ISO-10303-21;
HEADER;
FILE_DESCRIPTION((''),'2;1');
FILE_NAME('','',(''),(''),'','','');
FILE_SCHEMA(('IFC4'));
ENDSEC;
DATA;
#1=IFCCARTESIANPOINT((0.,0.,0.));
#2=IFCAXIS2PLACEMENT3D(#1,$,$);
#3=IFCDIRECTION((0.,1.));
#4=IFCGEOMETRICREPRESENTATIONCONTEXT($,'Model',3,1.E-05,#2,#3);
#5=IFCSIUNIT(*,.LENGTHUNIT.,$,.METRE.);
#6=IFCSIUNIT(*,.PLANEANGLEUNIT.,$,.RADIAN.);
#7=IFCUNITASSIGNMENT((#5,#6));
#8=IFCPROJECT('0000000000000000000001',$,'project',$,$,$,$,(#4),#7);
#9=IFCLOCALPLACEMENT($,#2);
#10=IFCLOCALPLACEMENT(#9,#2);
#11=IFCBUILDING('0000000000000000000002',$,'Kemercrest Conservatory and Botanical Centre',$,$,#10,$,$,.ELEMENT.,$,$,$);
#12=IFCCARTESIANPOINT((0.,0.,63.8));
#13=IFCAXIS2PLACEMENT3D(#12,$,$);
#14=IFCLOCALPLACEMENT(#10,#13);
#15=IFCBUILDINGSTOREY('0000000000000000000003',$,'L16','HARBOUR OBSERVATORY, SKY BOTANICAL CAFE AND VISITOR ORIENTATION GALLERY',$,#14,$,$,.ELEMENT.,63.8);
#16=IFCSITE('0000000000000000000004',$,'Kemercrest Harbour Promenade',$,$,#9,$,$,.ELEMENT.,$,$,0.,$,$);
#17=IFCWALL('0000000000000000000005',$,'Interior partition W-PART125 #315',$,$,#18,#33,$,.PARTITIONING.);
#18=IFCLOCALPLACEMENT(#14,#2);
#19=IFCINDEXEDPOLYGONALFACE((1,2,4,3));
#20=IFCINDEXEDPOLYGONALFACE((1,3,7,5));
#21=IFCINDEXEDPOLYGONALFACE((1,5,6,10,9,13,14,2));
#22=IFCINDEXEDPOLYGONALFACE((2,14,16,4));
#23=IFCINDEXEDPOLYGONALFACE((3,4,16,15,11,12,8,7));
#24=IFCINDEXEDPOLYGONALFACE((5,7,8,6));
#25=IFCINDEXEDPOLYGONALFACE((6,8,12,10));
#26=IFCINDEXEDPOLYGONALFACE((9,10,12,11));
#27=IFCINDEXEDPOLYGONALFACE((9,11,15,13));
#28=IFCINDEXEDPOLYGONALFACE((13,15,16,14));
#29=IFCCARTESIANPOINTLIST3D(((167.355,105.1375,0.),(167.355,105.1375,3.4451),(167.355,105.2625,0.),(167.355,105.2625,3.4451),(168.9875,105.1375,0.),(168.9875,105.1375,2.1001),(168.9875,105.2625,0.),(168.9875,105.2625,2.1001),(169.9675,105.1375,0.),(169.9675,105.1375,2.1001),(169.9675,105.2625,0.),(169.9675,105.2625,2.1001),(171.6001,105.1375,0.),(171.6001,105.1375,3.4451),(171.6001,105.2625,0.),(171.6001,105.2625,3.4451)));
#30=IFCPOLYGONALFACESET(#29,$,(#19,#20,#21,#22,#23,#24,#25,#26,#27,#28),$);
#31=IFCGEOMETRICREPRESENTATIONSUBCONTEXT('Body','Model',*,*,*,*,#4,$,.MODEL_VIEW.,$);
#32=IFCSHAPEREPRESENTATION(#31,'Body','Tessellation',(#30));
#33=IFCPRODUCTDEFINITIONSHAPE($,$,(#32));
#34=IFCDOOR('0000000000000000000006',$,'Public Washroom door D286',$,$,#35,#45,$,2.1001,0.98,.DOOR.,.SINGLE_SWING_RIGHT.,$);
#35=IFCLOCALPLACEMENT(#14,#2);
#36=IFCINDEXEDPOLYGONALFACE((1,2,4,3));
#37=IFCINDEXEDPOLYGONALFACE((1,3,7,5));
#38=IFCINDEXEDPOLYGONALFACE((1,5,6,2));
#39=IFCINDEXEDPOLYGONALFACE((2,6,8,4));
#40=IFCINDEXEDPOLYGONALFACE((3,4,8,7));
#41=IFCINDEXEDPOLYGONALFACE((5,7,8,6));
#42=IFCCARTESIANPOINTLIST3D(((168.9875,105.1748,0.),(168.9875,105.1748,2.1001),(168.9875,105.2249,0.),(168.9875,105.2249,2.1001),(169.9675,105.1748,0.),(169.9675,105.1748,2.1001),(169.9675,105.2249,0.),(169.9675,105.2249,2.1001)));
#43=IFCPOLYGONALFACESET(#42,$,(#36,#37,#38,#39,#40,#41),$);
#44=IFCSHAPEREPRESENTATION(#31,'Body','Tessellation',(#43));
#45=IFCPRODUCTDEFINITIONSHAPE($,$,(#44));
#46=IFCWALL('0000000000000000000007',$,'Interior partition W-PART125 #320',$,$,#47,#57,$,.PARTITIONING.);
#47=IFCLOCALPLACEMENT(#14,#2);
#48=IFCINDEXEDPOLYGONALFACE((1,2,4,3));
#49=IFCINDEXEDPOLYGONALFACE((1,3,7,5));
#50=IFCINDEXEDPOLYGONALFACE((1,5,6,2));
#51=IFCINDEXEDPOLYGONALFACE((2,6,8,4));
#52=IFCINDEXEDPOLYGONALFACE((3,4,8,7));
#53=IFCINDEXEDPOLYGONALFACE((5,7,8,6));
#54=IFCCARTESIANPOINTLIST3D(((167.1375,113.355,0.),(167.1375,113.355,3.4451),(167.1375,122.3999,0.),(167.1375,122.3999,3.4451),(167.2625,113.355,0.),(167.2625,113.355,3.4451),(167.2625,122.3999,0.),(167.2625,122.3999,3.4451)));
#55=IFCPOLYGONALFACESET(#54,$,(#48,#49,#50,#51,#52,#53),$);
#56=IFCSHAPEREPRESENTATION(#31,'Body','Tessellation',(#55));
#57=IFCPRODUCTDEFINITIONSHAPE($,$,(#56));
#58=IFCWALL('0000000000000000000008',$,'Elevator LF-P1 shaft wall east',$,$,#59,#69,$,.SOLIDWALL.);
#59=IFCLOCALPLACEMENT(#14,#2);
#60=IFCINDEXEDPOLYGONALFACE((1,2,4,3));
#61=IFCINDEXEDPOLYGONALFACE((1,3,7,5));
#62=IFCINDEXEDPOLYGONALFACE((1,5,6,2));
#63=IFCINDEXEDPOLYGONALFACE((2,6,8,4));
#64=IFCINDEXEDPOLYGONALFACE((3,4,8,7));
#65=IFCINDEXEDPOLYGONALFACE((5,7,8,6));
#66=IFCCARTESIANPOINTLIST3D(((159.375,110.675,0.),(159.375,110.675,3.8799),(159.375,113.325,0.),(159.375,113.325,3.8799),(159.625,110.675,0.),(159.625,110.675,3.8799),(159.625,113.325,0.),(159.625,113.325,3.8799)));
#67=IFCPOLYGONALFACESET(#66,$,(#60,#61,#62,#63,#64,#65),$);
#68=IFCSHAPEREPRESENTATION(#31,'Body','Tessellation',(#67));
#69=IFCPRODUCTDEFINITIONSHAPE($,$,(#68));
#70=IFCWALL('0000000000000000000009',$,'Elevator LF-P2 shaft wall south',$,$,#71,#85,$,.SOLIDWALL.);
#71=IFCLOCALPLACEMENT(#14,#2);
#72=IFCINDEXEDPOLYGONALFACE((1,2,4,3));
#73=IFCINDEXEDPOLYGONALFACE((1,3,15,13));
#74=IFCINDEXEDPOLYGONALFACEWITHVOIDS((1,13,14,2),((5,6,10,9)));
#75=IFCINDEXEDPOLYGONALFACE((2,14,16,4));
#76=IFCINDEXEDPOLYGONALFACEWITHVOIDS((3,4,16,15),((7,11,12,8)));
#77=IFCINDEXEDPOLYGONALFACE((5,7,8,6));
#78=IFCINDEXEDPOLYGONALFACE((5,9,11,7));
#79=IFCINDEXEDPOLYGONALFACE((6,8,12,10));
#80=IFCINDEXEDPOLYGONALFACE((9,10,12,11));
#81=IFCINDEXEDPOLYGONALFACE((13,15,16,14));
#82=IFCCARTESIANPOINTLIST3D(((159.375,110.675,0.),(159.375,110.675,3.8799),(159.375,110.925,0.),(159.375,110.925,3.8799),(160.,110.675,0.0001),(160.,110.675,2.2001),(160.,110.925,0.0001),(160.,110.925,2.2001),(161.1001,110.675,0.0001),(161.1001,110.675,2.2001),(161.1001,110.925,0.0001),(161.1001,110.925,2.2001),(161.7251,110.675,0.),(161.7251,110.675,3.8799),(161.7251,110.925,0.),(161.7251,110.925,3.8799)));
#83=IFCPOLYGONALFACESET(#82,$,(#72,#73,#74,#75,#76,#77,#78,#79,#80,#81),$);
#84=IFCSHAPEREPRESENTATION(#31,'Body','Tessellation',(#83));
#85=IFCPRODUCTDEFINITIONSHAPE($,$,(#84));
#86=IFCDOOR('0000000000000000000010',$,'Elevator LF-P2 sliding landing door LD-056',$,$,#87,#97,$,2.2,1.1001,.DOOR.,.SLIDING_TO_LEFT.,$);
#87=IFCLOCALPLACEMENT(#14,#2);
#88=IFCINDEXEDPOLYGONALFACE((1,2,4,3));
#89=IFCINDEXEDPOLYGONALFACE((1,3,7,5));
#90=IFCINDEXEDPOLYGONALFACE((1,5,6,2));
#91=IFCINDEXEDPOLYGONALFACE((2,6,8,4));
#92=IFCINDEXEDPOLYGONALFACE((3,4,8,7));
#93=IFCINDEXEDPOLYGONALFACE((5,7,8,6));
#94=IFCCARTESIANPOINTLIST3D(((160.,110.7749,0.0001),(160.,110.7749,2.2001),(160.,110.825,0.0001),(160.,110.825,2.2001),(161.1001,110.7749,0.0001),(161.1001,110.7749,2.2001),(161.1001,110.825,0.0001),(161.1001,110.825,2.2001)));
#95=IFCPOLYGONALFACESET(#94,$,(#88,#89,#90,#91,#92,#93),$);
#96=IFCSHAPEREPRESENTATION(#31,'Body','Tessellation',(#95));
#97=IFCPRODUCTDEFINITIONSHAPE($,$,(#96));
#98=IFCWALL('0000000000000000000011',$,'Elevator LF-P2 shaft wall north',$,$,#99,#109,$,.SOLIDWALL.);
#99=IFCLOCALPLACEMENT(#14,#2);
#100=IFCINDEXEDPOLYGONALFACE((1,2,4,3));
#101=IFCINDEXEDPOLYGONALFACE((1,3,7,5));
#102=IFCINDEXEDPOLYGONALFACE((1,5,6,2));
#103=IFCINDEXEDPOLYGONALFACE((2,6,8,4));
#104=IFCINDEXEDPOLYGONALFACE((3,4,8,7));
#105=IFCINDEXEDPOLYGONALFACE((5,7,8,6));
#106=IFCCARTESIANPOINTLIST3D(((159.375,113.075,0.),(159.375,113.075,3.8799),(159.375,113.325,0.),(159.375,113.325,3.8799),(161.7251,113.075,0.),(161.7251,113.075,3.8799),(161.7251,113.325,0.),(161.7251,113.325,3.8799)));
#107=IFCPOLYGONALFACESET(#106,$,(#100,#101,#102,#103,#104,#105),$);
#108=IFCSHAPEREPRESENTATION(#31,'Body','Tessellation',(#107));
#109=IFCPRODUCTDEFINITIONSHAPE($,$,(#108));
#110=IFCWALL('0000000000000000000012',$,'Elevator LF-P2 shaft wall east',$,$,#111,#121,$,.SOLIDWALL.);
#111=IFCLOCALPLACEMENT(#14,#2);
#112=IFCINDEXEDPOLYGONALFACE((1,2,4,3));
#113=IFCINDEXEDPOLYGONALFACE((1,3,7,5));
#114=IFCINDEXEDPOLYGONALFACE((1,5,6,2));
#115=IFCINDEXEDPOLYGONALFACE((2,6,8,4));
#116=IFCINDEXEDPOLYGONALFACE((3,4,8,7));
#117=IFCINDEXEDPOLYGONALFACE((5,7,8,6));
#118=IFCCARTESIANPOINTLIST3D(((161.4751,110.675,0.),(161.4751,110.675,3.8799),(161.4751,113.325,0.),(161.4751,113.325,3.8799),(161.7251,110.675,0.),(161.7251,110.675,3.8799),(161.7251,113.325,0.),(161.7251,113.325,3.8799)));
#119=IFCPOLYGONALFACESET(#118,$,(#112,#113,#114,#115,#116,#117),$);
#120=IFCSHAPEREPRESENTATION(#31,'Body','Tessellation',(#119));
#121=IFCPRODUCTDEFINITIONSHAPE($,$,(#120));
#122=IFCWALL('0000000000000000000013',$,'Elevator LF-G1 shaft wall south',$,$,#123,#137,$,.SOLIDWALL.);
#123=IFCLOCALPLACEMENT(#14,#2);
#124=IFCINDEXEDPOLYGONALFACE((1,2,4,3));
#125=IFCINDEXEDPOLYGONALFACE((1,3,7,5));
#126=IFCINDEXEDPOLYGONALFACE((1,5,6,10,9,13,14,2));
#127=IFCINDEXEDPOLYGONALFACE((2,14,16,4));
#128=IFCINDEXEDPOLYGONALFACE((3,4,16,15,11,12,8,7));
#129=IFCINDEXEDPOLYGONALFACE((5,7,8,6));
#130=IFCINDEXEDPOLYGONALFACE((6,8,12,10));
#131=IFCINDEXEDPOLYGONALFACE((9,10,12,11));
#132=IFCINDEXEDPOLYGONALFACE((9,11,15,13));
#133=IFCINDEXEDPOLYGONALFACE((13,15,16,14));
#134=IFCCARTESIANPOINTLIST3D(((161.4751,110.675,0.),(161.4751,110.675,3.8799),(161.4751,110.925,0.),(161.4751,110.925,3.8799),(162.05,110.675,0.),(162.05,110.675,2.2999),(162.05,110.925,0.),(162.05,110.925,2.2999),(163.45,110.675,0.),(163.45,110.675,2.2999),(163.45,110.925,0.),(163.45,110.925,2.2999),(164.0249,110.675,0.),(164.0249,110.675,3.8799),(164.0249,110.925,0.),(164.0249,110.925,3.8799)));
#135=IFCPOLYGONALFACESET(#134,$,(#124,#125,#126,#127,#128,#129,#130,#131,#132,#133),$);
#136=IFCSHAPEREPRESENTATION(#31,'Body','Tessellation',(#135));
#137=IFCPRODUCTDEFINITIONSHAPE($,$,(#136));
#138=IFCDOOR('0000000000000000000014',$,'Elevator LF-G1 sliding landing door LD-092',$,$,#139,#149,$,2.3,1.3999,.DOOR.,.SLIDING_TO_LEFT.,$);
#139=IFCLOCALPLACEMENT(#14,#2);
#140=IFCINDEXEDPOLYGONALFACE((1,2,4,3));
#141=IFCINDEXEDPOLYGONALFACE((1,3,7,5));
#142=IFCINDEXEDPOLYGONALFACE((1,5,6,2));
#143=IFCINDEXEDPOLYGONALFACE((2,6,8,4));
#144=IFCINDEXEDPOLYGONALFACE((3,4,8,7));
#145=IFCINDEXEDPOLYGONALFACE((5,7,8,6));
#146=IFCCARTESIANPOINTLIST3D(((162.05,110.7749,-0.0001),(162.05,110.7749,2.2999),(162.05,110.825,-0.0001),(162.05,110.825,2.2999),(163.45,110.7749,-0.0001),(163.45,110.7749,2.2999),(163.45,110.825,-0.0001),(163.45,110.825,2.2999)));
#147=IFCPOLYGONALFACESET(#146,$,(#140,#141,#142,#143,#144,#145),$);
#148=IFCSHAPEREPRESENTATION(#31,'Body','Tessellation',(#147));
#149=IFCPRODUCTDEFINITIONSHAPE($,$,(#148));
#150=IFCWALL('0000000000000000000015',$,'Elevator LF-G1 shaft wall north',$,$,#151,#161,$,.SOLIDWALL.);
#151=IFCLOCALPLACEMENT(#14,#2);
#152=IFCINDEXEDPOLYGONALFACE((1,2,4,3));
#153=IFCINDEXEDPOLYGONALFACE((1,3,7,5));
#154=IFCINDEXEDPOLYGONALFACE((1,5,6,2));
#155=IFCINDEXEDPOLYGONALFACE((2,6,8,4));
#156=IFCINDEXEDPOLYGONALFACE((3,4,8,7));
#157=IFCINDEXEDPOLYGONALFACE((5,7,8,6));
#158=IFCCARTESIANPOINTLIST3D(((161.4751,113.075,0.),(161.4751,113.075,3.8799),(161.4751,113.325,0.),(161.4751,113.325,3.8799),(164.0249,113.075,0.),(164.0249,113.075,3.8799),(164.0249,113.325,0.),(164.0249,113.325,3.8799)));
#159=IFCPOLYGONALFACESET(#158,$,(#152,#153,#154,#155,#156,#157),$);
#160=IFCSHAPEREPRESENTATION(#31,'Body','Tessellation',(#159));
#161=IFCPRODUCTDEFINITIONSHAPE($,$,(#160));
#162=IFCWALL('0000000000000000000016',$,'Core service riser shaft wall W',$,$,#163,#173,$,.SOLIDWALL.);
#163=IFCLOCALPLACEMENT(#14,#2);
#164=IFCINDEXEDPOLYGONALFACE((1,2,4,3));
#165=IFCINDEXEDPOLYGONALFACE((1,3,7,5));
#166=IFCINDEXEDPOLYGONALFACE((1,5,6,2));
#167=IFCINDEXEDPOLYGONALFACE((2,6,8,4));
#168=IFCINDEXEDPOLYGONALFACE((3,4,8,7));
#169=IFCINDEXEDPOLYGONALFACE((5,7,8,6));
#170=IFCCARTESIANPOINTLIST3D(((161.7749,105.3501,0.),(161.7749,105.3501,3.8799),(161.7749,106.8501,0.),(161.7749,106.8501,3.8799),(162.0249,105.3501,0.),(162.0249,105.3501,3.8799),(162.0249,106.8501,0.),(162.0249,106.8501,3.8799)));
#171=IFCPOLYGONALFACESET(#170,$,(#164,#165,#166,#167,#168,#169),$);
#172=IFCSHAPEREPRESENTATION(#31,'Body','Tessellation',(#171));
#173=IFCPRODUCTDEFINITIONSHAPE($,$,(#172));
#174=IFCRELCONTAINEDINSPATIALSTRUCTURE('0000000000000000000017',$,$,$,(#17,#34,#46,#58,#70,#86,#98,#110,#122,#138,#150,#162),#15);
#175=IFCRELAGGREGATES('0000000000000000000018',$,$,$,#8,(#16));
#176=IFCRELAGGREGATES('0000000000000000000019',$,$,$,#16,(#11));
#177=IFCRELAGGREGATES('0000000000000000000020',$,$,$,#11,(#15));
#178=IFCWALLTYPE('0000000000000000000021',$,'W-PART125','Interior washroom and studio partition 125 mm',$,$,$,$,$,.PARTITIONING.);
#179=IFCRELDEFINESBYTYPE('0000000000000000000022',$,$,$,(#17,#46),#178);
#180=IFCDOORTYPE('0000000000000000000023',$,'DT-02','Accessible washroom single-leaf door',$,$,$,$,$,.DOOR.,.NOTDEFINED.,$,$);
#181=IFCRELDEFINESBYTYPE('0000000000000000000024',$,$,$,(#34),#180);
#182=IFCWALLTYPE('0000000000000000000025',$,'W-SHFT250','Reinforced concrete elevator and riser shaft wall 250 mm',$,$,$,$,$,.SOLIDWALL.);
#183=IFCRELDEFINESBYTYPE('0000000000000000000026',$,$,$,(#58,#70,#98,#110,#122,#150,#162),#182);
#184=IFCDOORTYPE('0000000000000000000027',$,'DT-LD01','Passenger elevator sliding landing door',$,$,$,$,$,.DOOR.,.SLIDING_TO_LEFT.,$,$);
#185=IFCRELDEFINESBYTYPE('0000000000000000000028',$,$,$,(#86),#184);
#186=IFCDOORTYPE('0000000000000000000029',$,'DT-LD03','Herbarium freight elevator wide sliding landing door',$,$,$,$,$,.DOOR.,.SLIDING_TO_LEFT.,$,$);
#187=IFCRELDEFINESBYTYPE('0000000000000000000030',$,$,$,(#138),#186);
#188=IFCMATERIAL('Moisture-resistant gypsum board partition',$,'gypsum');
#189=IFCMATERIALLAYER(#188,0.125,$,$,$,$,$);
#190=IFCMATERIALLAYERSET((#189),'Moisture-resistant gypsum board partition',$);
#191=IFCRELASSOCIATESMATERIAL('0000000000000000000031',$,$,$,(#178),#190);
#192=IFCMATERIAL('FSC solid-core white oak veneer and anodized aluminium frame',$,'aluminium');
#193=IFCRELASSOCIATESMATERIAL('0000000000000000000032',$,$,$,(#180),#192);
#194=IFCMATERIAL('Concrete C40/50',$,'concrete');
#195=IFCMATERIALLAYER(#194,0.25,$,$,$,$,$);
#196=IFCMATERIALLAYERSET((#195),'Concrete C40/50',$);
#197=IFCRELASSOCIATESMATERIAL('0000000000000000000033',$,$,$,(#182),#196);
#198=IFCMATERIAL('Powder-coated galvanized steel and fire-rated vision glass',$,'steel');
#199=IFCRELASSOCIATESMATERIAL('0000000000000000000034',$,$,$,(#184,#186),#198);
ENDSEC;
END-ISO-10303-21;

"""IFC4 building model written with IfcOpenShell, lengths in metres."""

from ifc_helpers import new_model, si_unit, direction, frame, frame_2d, origin, place, context, subcontext, project, spatial, rectangle, extrude, material, layer, layer_set, type_object, element, fill, save


model = new_model("IFC4")

# Units and contexts
model_context = context("Model", 3, precision=1e-05, world=origin(), true_north=direction((0.0, 1.0)))
body_context = subcontext(model_context, "Body", "Model", "MODEL_VIEW")
ifc_project = project(units=[si_unit("LENGTHUNIT", "METRE"), si_unit("PLANEANGLEUNIT", "RADIAN")], contexts=[model_context])

# Site, building, storey
site_placement = place(None, origin())
site = spatial("IfcSite", under=ifc_project, at=site_placement, Name="Kemercrest Harbour Promenade", CompositionType="ELEMENT", RefElevation=0.0)
building_placement = place(site_placement, origin())
building = spatial("IfcBuilding", under=site, at=building_placement, Name="Kemercrest Conservatory and Botanical Centre", CompositionType="ELEMENT")
storey_placement = place(building_placement, frame((0.0, 0.0, 63.8)))
storey = spatial("IfcBuildingStorey", under=building, at=storey_placement, Name="L16", Description="HARBOUR OBSERVATORY, SKY BOTANICAL CAFE AND VISITOR ORIENTATION GALLERY", CompositionType="ELEMENT", Elevation=63.8)

# Shared definitions
ifc_material_1 = material(Name="Concrete C40/50", Category="concrete")

# Shared definitions
ifc_material_2 = material(Name="Powder-coated galvanized steel and fire-rated vision glass", Category="steel")

# Wall, opening, door
ifc_material_3 = material(Name="Moisture-resistant gypsum board partition", Category="gypsum")
ifc_layer_1 = layer(ifc_material_3, 0.125)
ifc_layer_set_1 = layer_set([ifc_layer_1], Name="Moisture-resistant gypsum board partition")
wall_type_1 = type_object("IfcWallType", Name="W-PART125", Description="Interior washroom and studio partition 125 mm", PredefinedType="PARTITIONING", material=ifc_layer_set_1)
wall_1_placement = place(storey_placement, frame((167.355, 105.2, 0.0), z_axis=(0.0, 0.0, 1.0), x_axis=(1.0, 0.0, 0.0)))
wall_1 = element("IfcWall", 1, at=wall_1_placement, inside=storey, type_object=wall_type_1, Name="Interior partition W-PART125 #315", PredefinedType="PARTITIONING", context=body_context, shape_type="SweptSolid", body=[
    extrude(rectangle(XDim=4.2451, YDim=0.125, at=frame_2d((2.1226, 0.0))), origin(), (0.0, 0.0, 1.0), 3.4451),
])
opening_1_placement = place(wall_1_placement, frame((1.6326, 0.0, 0.0)))
opening_1 = element("IfcOpeningElement", 2, at=opening_1_placement, cuts=wall_1, PredefinedType="OPENING", context=body_context, shape_type="SweptSolid", body=[
    extrude(rectangle(XDim=0.98, YDim=2.1001, at=frame_2d((0.49, 1.05))), frame((0.0, 0.0725, 0.0), z_axis=(0.0, -1.0, 0.0), x_axis=(1.0, 0.0, 0.0)), (0.0, 0.0, 1.0), 0.145),
])
ifc_material_4 = material(Name="FSC solid-core white oak veneer and anodized aluminium frame", Category="aluminium")
door_type_1 = type_object("IfcDoorType", Name="DT-02", Description="Accessible washroom single-leaf door", OperationType="NOTDEFINED", PredefinedType="DOOR", material=ifc_material_4)
door_1_placement = place(opening_1_placement, origin())
door_1 = element("IfcDoor", 3, at=door_1_placement, inside=storey, type_object=door_type_1, Name="Public Washroom door D286", OperationType="SINGLE_SWING_RIGHT", OverallHeight=2.1001, OverallWidth=0.98, PredefinedType="DOOR", context=body_context, shape_type="SweptSolid", body=[
    extrude(rectangle(XDim=0.98, YDim=2.1001, at=frame_2d((0.49, 1.05))), frame((0.0, 0.0249, 0.0), z_axis=(0.0, -1.0, 0.0), x_axis=(1.0, 0.0, 0.0)), (0.0, 0.0, 1.0), 0.05),
])
fill(opening_1, door_1)

# Walls
wall_2_placement = place(storey_placement, frame((167.2, 113.355, 0.0), z_axis=(0.0, 0.0, 1.0), x_axis=(0.0, 1.0, 0.0)))
element("IfcWall", 4, at=wall_2_placement, inside=storey, type_object=wall_type_1, Name="Interior partition W-PART125 #320", PredefinedType="PARTITIONING", context=body_context, shape_type="SweptSolid", body=[
    extrude(rectangle(XDim=9.0449, YDim=0.125, at=frame_2d((4.5225, 0.0))), origin(), (0.0, 0.0, 1.0), 3.4451),
])
ifc_layer_2 = layer(ifc_material_1, 0.25)
ifc_layer_set_2 = layer_set([ifc_layer_2], Name="Concrete C40/50")
wall_type_2 = type_object("IfcWallType", Name="W-SHFT250", Description="Reinforced concrete elevator and riser shaft wall 250 mm", PredefinedType="SOLIDWALL", material=ifc_layer_set_2)
wall_3_placement = place(storey_placement, frame((159.5, 110.675, 0.0), z_axis=(0.0, 0.0, 1.0), x_axis=(0.0, 1.0, 0.0)))
element("IfcWall", 5, at=wall_3_placement, inside=storey, type_object=wall_type_2, Name="Elevator LF-P1 shaft wall east", PredefinedType="SOLIDWALL", context=body_context, shape_type="SweptSolid", body=[
    extrude(rectangle(XDim=2.6499, YDim=0.25, at=frame_2d((1.325, 0.0))), origin(), (0.0, 0.0, 1.0), 3.8799),
])

# Wall, opening, door
wall_4_placement = place(storey_placement, frame((159.375, 110.8, 0.0), z_axis=(0.0, 0.0, 1.0), x_axis=(1.0, 0.0, 0.0)))
wall_4 = element("IfcWall", 6, at=wall_4_placement, inside=storey, type_object=wall_type_2, Name="Elevator LF-P2 shaft wall south", PredefinedType="SOLIDWALL", context=body_context, shape_type="SweptSolid", body=[
    extrude(rectangle(XDim=2.3501, YDim=0.25, at=frame_2d((1.175, 0.0))), origin(), (0.0, 0.0, 1.0), 3.8799),
])
opening_2_placement = place(wall_4_placement, frame((0.625, 0.0, 0.0)))
opening_2 = element("IfcOpeningElement", 7, at=opening_2_placement, cuts=wall_4, PredefinedType="OPENING", context=body_context, shape_type="SweptSolid", body=[
    extrude(rectangle(XDim=1.1001, YDim=2.2, at=frame_2d((0.55, 1.1001))), frame((0.0, 0.135, 0.0), z_axis=(0.0, -1.0, 0.0), x_axis=(1.0, 0.0, 0.0)), (0.0, 0.0, 1.0), 0.27),
])
door_type_2 = type_object("IfcDoorType", Name="DT-LD01", Description="Passenger elevator sliding landing door", OperationType="SLIDING_TO_LEFT", PredefinedType="DOOR", material=ifc_material_2)
door_2_placement = place(opening_2_placement, origin())
door_2 = element("IfcDoor", 8, at=door_2_placement, inside=storey, type_object=door_type_2, Name="Elevator LF-P2 sliding landing door LD-056", OperationType="SLIDING_TO_LEFT", OverallHeight=2.2, OverallWidth=1.1001, PredefinedType="DOOR", context=body_context, shape_type="SweptSolid", body=[
    extrude(rectangle(XDim=1.1001, YDim=2.2, at=frame_2d((0.55, 1.1001))), frame((0.0, 0.0249, 0.0), z_axis=(0.0, -1.0, 0.0), x_axis=(1.0, 0.0, 0.0)), (0.0, 0.0, 1.0), 0.05),
])
fill(opening_2, door_2)

# Walls
wall_5_placement = place(storey_placement, frame((159.375, 113.2, 0.0), z_axis=(0.0, 0.0, 1.0), x_axis=(1.0, 0.0, 0.0)))
element("IfcWall", 9, at=wall_5_placement, inside=storey, type_object=wall_type_2, Name="Elevator LF-P2 shaft wall north", PredefinedType="SOLIDWALL", context=body_context, shape_type="SweptSolid", body=[
    extrude(rectangle(XDim=2.3501, YDim=0.25, at=frame_2d((1.175, 0.0))), origin(), (0.0, 0.0, 1.0), 3.8799),
])
wall_6_placement = place(storey_placement, frame((161.6001, 110.675, 0.0), z_axis=(0.0, 0.0, 1.0), x_axis=(0.0, 1.0, 0.0)))
element("IfcWall", 10, at=wall_6_placement, inside=storey, type_object=wall_type_2, Name="Elevator LF-P2 shaft wall east", PredefinedType="SOLIDWALL", context=body_context, shape_type="SweptSolid", body=[
    extrude(rectangle(XDim=2.6499, YDim=0.25, at=frame_2d((1.325, 0.0))), origin(), (0.0, 0.0, 1.0), 3.8799),
])

# Wall, opening, door
wall_7_placement = place(storey_placement, frame((161.4751, 110.8, 0.0), z_axis=(0.0, 0.0, 1.0), x_axis=(1.0, 0.0, 0.0)))
wall_7 = element("IfcWall", 11, at=wall_7_placement, inside=storey, type_object=wall_type_2, Name="Elevator LF-G1 shaft wall south", PredefinedType="SOLIDWALL", context=body_context, shape_type="SweptSolid", body=[
    extrude(rectangle(XDim=2.5498, YDim=0.25, at=frame_2d((1.2749, 0.0))), origin(), (0.0, 0.0, 1.0), 3.8799),
])
opening_3_placement = place(wall_7_placement, frame((0.575, 0.0, 0.0)))
opening_3 = element("IfcOpeningElement", 12, at=opening_3_placement, cuts=wall_7, PredefinedType="OPENING", context=body_context, shape_type="SweptSolid", body=[
    extrude(rectangle(XDim=1.3999, YDim=2.3, at=frame_2d((0.7, 1.1499))), frame((0.0, 0.135, 0.0), z_axis=(0.0, -1.0, 0.0), x_axis=(1.0, 0.0, 0.0)), (0.0, 0.0, 1.0), 0.27),
])
door_type_3 = type_object("IfcDoorType", Name="DT-LD03", Description="Herbarium freight elevator wide sliding landing door", OperationType="SLIDING_TO_LEFT", PredefinedType="DOOR", material=ifc_material_2)
door_3_placement = place(opening_3_placement, origin())
door_3 = element("IfcDoor", 13, at=door_3_placement, inside=storey, type_object=door_type_3, Name="Elevator LF-G1 sliding landing door LD-092", OperationType="SLIDING_TO_LEFT", OverallHeight=2.3, OverallWidth=1.3999, PredefinedType="DOOR", context=body_context, shape_type="SweptSolid", body=[
    extrude(rectangle(XDim=1.3999, YDim=2.3, at=frame_2d((0.7, 1.1499))), frame((0.0, 0.0249, 0.0), z_axis=(0.0, -1.0, 0.0), x_axis=(1.0, 0.0, 0.0)), (0.0, 0.0, 1.0), 0.05),
])
fill(opening_3, door_3)

# Walls
wall_8_placement = place(storey_placement, frame((161.4751, 113.2, 0.0), z_axis=(0.0, 0.0, 1.0), x_axis=(1.0, 0.0, 0.0)))
element("IfcWall", 14, at=wall_8_placement, inside=storey, type_object=wall_type_2, Name="Elevator LF-G1 shaft wall north", PredefinedType="SOLIDWALL", context=body_context, shape_type="SweptSolid", body=[
    extrude(rectangle(XDim=2.5498, YDim=0.25, at=frame_2d((1.2749, 0.0))), origin(), (0.0, 0.0, 1.0), 3.8799),
])
wall_9_placement = place(storey_placement, frame((161.8999, 105.3501, 0.0), z_axis=(0.0, 0.0, 1.0), x_axis=(0.0, 1.0, 0.0)))
element("IfcWall", 15, at=wall_9_placement, inside=storey, type_object=wall_type_2, Name="Core service riser shaft wall W", PredefinedType="SOLIDWALL", context=body_context, shape_type="SweptSolid", body=[
    extrude(rectangle(XDim=1.5, YDim=0.25, at=frame_2d((0.75, 0.0))), origin(), (0.0, 0.0, 1.0), 3.8799),
])

save(model, "model.ifc")
